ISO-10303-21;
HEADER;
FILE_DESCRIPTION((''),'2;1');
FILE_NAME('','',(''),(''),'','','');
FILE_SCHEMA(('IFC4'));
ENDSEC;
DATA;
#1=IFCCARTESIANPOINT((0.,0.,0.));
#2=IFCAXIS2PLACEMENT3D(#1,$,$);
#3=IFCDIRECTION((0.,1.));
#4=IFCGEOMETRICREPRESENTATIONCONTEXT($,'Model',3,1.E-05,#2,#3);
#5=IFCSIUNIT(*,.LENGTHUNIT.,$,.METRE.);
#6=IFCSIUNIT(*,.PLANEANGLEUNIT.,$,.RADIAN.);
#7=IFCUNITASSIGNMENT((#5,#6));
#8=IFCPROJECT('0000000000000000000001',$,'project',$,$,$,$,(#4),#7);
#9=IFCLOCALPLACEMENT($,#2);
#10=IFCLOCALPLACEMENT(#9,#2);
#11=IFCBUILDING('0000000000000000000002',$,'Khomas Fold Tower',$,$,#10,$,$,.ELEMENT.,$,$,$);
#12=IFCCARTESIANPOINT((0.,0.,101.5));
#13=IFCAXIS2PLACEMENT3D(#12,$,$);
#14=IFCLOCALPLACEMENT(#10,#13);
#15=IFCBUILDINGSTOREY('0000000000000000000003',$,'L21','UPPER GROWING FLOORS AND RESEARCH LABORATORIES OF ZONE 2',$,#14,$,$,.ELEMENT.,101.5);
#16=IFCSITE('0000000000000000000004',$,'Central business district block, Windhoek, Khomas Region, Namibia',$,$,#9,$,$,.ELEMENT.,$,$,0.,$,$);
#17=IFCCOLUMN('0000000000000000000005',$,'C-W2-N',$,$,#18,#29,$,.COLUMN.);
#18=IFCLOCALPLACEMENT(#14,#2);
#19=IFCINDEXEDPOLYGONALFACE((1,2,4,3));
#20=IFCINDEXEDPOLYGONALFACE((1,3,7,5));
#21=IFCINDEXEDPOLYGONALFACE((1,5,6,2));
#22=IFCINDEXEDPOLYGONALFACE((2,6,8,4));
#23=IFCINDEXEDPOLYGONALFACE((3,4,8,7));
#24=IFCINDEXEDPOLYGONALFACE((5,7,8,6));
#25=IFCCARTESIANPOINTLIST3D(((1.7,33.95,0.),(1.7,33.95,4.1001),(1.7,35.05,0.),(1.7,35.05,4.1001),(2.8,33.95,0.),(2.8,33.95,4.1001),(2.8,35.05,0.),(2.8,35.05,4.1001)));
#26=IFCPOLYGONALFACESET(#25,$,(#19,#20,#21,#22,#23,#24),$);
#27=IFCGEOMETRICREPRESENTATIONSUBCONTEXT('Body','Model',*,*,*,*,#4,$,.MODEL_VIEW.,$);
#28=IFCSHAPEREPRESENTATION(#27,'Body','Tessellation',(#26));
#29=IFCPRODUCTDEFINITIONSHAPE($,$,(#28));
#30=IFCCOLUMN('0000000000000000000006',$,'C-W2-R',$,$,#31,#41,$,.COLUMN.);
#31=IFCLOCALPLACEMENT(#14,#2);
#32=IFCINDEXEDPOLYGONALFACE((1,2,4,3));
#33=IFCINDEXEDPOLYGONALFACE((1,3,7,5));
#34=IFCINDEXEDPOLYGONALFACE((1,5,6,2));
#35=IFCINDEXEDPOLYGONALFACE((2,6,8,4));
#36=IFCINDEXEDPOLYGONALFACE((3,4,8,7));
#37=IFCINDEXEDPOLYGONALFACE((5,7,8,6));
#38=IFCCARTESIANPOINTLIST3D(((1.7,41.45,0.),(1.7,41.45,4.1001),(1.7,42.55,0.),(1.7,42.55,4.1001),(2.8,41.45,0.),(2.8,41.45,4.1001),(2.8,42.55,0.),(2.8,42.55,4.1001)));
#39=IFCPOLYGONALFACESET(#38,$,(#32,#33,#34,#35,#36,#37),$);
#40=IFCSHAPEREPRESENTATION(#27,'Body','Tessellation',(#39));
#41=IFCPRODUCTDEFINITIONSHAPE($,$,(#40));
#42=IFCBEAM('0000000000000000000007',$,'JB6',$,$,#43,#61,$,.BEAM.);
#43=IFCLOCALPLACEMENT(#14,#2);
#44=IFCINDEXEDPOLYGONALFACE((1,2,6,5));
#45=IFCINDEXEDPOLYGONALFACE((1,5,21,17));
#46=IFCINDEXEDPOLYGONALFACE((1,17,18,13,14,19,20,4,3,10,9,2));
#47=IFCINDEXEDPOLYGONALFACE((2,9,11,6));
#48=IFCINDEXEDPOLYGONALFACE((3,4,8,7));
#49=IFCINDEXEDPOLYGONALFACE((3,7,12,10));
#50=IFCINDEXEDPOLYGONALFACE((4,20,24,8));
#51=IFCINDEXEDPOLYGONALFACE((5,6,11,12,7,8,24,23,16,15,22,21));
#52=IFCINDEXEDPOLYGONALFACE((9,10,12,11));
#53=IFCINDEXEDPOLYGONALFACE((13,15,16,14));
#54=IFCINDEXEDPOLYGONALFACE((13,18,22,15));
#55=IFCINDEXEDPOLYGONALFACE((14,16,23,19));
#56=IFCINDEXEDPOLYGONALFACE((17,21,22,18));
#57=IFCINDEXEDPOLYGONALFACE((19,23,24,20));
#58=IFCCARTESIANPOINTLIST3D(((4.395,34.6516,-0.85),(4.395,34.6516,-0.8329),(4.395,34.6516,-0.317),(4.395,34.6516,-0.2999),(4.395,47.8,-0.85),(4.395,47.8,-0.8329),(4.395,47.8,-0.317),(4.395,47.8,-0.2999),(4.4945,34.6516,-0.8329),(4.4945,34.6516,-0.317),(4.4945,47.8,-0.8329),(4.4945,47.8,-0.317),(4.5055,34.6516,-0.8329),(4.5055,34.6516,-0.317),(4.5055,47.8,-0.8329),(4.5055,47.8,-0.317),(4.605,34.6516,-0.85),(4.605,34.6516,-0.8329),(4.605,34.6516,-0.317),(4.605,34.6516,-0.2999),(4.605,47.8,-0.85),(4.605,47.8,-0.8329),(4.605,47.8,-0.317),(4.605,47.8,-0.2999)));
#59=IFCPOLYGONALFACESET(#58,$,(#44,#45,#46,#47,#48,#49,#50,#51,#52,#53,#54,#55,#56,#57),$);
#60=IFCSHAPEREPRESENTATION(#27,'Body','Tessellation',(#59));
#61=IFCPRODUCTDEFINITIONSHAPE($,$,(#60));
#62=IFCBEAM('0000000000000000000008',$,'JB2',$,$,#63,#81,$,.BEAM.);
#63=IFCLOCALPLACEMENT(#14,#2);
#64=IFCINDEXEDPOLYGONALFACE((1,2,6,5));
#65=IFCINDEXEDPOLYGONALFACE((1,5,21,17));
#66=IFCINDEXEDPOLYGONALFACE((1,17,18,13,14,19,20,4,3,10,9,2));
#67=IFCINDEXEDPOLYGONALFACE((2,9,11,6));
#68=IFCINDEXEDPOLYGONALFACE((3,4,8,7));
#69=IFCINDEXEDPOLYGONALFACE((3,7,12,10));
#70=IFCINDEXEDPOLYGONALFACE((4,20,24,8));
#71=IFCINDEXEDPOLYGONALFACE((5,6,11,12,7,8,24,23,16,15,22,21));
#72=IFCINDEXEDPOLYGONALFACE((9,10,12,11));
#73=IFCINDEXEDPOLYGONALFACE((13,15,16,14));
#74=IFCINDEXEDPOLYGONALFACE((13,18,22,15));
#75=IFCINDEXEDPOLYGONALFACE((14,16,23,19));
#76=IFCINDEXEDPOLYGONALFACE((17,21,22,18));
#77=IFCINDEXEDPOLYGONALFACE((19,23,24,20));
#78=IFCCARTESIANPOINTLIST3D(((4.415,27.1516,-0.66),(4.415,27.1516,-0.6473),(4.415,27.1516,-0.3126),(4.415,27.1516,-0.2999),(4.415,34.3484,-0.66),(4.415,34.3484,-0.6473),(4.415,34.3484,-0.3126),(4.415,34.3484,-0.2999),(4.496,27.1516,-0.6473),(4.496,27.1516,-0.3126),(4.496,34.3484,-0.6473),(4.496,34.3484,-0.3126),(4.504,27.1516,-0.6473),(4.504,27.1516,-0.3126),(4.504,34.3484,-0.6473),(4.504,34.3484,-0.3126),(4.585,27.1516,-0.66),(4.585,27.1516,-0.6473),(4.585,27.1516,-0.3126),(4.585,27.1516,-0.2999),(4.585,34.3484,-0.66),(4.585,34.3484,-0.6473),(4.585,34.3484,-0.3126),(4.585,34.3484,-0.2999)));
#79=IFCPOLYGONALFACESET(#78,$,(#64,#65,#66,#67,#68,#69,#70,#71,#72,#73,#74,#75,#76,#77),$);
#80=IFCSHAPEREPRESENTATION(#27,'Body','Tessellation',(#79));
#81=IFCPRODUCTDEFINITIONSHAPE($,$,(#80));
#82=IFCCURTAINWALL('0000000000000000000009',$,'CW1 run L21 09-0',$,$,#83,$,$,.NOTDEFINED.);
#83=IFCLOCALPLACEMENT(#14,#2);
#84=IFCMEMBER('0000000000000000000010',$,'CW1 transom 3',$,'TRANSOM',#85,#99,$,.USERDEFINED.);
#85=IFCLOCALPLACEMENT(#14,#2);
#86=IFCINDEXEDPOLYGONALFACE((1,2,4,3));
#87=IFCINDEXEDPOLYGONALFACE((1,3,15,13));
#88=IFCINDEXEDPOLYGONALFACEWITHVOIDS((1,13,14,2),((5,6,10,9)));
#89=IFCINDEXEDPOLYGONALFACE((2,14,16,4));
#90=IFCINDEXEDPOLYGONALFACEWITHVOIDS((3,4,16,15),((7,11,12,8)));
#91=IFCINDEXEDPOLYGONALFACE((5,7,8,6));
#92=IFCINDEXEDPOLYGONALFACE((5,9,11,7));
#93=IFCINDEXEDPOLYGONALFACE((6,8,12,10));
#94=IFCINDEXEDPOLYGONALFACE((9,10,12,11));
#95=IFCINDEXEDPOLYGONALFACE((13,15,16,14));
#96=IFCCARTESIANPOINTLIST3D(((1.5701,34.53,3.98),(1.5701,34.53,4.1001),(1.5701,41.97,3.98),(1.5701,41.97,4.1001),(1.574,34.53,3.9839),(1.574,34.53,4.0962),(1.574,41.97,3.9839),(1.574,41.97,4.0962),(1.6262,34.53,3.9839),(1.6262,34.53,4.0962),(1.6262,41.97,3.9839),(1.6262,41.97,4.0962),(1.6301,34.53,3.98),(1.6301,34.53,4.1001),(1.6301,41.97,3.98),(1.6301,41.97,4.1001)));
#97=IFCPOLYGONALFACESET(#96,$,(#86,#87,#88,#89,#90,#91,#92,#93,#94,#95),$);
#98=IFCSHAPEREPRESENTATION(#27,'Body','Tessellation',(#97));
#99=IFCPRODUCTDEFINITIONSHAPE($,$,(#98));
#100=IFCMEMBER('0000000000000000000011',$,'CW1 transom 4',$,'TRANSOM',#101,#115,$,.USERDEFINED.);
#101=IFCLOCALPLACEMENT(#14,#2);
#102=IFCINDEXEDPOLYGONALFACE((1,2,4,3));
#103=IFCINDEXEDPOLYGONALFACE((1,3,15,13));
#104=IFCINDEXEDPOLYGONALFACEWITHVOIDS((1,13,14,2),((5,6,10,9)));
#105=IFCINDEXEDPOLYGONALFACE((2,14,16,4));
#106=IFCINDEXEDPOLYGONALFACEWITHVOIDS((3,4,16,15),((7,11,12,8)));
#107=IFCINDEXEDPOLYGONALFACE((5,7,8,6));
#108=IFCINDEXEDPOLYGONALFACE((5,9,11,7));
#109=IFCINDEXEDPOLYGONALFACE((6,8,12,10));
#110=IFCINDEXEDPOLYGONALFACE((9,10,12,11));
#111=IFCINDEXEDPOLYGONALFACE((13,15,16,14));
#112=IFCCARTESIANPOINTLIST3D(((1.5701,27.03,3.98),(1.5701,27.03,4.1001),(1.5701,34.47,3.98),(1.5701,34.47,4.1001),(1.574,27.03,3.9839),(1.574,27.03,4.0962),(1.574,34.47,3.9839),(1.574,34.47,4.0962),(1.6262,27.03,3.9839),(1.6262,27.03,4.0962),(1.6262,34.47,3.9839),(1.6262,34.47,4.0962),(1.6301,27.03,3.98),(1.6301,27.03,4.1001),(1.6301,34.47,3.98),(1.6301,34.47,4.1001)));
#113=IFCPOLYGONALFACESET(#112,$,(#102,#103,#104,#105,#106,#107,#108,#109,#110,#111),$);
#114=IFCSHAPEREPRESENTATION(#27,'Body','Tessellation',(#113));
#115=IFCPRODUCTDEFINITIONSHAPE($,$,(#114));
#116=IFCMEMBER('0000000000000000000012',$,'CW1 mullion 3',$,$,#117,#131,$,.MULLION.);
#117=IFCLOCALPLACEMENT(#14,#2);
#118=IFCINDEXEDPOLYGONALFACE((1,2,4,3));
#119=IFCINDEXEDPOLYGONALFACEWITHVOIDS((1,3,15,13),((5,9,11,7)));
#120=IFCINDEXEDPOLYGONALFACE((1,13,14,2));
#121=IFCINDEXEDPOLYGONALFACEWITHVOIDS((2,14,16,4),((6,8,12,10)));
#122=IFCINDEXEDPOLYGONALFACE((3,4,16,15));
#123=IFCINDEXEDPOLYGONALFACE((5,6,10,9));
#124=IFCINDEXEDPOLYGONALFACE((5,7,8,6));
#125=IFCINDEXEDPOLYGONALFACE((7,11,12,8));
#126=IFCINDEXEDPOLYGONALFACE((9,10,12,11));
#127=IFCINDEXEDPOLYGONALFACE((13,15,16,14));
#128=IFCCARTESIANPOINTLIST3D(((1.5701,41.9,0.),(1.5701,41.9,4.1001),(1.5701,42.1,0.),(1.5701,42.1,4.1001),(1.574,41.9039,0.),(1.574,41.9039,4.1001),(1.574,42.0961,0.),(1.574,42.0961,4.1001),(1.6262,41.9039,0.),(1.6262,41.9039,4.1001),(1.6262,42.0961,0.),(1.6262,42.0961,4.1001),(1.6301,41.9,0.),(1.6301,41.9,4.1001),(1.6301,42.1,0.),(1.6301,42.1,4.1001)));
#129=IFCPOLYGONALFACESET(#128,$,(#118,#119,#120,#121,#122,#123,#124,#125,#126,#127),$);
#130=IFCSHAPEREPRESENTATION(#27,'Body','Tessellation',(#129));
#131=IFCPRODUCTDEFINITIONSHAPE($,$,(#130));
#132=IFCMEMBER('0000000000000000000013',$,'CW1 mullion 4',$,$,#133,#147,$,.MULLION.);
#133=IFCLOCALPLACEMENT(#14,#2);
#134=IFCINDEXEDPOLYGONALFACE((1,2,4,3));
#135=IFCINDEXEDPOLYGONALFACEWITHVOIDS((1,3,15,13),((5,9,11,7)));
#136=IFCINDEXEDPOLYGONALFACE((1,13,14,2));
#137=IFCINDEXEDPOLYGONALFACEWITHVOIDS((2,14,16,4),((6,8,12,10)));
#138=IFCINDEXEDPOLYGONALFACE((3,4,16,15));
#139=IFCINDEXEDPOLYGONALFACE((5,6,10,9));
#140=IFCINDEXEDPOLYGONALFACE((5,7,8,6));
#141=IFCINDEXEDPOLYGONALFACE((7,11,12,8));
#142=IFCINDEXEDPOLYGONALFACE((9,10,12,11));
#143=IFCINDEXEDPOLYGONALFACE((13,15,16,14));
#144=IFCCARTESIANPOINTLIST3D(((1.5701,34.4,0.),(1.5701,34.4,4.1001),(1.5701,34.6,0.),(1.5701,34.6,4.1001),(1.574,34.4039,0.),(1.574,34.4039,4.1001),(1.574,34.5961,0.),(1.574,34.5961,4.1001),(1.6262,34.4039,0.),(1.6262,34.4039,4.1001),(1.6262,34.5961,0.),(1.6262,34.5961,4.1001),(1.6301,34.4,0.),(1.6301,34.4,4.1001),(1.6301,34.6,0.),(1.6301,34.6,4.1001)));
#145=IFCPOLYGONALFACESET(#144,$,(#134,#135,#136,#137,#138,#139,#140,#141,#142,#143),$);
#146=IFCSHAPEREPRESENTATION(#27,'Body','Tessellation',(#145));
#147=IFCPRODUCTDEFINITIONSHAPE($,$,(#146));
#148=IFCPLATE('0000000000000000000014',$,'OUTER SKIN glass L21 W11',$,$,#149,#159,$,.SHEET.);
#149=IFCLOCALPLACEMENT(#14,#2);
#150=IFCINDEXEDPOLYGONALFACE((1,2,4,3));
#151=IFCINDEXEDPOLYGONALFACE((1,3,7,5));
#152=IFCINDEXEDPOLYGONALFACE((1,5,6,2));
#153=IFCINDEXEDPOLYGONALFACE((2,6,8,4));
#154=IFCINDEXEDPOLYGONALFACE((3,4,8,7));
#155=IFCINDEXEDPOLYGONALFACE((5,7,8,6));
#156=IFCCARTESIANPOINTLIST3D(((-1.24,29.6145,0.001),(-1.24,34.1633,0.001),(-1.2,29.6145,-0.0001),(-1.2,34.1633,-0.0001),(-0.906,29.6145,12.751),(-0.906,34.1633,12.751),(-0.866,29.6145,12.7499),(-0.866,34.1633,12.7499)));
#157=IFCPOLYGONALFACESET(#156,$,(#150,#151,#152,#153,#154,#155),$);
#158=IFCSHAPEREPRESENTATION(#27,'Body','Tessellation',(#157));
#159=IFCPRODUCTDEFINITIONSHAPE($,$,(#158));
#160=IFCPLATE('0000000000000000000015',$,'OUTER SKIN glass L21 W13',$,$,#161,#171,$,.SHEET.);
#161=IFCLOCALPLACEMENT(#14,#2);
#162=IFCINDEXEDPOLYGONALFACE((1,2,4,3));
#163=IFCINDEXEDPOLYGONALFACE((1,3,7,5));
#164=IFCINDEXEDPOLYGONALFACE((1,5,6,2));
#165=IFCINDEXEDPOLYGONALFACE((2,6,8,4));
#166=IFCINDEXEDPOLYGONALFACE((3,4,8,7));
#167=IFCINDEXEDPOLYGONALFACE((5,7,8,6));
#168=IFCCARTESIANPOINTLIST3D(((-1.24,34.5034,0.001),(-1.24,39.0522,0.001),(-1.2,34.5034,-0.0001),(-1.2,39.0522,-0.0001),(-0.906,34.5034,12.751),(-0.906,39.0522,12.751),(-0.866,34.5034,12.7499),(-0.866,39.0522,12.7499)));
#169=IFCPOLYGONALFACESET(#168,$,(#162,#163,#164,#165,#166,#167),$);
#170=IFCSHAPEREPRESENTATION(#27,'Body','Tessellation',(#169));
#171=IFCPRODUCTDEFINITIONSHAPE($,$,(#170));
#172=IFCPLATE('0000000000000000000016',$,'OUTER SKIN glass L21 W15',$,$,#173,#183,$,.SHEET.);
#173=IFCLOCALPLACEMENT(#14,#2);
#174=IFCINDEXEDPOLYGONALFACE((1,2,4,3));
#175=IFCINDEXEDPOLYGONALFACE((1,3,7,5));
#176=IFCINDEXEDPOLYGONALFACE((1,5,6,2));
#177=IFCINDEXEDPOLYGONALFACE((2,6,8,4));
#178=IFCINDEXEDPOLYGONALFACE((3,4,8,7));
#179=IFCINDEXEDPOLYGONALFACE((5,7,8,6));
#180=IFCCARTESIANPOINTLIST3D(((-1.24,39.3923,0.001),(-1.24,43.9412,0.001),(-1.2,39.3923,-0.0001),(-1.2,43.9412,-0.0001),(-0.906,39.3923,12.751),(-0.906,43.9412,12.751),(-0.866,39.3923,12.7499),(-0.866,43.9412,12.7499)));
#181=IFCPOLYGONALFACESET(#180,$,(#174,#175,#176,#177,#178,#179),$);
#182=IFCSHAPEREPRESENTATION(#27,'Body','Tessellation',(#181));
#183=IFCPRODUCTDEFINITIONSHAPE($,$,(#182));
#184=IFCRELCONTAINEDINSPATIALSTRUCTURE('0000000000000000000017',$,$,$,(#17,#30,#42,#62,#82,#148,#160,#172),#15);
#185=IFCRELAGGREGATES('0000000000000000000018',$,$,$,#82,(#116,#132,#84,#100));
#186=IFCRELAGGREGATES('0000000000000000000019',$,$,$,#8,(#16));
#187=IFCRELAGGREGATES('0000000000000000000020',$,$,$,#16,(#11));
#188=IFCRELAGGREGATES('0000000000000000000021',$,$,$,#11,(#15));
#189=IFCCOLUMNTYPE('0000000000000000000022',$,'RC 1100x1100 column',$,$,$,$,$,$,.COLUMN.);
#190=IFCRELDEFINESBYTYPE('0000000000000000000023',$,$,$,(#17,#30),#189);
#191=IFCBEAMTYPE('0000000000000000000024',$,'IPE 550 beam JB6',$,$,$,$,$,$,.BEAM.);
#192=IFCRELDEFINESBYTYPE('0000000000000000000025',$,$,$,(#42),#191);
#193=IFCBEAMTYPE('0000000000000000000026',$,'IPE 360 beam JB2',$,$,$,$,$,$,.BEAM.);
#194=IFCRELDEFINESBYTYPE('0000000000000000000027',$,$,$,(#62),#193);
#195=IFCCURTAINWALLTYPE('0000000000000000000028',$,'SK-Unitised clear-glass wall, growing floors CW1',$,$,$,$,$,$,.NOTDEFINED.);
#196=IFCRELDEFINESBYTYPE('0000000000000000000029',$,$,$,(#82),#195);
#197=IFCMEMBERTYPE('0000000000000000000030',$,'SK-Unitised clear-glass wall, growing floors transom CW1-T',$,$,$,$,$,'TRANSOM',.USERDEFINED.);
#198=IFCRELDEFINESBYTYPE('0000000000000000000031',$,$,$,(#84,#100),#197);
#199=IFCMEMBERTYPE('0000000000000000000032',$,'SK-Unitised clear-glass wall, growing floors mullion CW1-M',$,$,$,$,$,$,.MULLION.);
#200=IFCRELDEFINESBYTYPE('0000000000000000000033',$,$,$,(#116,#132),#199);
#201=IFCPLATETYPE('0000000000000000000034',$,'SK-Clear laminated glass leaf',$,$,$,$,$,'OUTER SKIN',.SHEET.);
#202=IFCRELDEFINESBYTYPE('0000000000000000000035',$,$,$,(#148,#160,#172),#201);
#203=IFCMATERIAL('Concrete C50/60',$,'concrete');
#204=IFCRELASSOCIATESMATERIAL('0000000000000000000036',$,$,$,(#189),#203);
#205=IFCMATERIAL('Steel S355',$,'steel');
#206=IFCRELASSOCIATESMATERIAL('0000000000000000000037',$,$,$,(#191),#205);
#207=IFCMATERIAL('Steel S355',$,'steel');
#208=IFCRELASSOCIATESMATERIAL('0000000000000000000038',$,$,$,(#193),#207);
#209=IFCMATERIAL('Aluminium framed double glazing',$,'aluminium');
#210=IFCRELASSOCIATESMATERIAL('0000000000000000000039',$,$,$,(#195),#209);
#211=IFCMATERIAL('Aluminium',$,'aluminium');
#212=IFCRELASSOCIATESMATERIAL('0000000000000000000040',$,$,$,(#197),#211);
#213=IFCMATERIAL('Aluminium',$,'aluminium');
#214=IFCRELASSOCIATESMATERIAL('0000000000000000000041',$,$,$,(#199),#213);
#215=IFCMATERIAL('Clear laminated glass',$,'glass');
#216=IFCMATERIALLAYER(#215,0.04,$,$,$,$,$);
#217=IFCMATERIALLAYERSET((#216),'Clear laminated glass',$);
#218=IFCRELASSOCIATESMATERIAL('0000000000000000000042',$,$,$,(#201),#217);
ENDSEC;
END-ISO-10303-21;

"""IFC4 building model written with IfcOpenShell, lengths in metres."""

from ifc_helpers import new_model, si_unit, direction, frame, origin, origin_2d, place, context, subcontext, project, spatial, polyline, rectangle, hollow_rectangle, i_section, outline, extrude, source, transform, mapped, material, layer, layer_set, material_profile, profile_set, type_object, element, aggregate, save


model = new_model("IFC4")

# Units and contexts
model_context = context("Model", 3, precision=1e-05, world=origin(), true_north=direction((0.0, 1.0)))
body_context = subcontext(model_context, "Body", "Model", "MODEL_VIEW")
ifc_project = project(units=[si_unit("LENGTHUNIT", "METRE"), si_unit("PLANEANGLEUNIT", "RADIAN")], contexts=[model_context])

# Site, building, storey
site_placement = place(None, origin())
site = spatial("IfcSite", under=ifc_project, at=site_placement, Name="Central business district block, Windhoek, Khomas Region, Namibia", CompositionType="ELEMENT", RefElevation=0.0)
building_placement = place(site_placement, origin())
building = spatial("IfcBuilding", under=site, at=building_placement, Name="Khomas Fold Tower", CompositionType="ELEMENT")
storey_placement = place(building_placement, frame((0.0, 0.0, 101.5)))
storey = spatial("IfcBuildingStorey", under=building, at=storey_placement, Name="L21", Description="UPPER GROWING FLOORS AND RESEARCH LABORATORIES OF ZONE 2", CompositionType="ELEMENT", Elevation=101.5)

# Columns
ifc_material_1 = material(Name="Concrete C50/60", Category="concrete")
ifc_material_profile_1 = material_profile(ifc_material_1, rectangle(XDim=1.1001, YDim=1.1001, at=origin_2d()), Name="RC 1100x1100")
ifc_profile_set_1 = profile_set([ifc_material_profile_1], Name="Concrete C50/60")
column_type = type_object("IfcColumnType", Name="RC 1100x1100 column", PredefinedType="COLUMN", material=ifc_profile_set_1)
shared_shape_1 = source(origin(), body_context, "Body", "SweptSolid", [
    extrude(rectangle(XDim=1.1001, YDim=1.1001, at=origin_2d()), origin(), (0.0, 0.0, 1.0), 4.1001),
])
for number, where, z_axis, x_axis, name in (
    (1, (2.25, 34.5, 0.0), (0.0, 0.0, 1.0), (1.0, 0.0, 0.0), "C-W2-N"),
    (2, (2.25, 42.0, 0.0), (0.0, 0.0, 1.0), (1.0, 0.0, 0.0), "C-W2-R"),
):
    element("IfcColumn", number, at=place(storey_placement, frame(where, z_axis=z_axis, x_axis=x_axis)), inside=storey, type_object=column_type, Name=name, PredefinedType="COLUMN", context=body_context, shape_type="MappedRepresentation", body=[
        mapped(shared_shape_1, transform((0.0, 0.0, 0.0))),
    ])

# Beams
ifc_material_2 = material(Name="Steel S355", Category="steel")
ifc_material_profile_2 = material_profile(ifc_material_2, i_section(OverallWidth=0.21, OverallDepth=0.55, WebThickness=0.011, FlangeThickness=0.0171, at=origin_2d()), Name="IPE 550")
ifc_profile_set_2 = profile_set([ifc_material_profile_2], Name="Steel S355")
beam_type_1 = type_object("IfcBeamType", Name="IPE 550 beam JB6", PredefinedType="BEAM", material=ifc_profile_set_2)
shared_shape_2 = source(origin(), body_context, "Body", "SweptSolid", [
    extrude(i_section(OverallWidth=0.21, OverallDepth=0.55, WebThickness=0.011, FlangeThickness=0.0171, at=origin_2d()), origin(), (0.0, 0.0, 1.0), 13.1484),
])
beam_1_placement = place(storey_placement, frame((4.5, 34.6516, -0.575), z_axis=(0.0, 1.0, 0.0), x_axis=(-1.0, 0.0, 0.0)))
element("IfcBeam", 3, at=beam_1_placement, inside=storey, type_object=beam_type_1, Name="JB6", PredefinedType="BEAM", context=body_context, shape_type="MappedRepresentation", body=[
    mapped(shared_shape_2, transform((0.0, 0.0, 0.0))),
])
ifc_material_3 = material(Name="Steel S355", Category="steel")
ifc_material_profile_3 = material_profile(ifc_material_3, i_section(OverallWidth=0.1699, OverallDepth=0.3601, WebThickness=0.0081, FlangeThickness=0.0127, at=origin_2d()), Name="IPE 360")
ifc_profile_set_3 = profile_set([ifc_material_profile_3], Name="Steel S355")
beam_type_2 = type_object("IfcBeamType", Name="IPE 360 beam JB2", PredefinedType="BEAM", material=ifc_profile_set_3)
shared_shape_3 = source(origin(), body_context, "Body", "SweptSolid", [
    extrude(i_section(OverallWidth=0.1699, OverallDepth=0.3601, WebThickness=0.0081, FlangeThickness=0.0127, at=origin_2d()), origin(), (0.0, 0.0, 1.0), 7.1968),
])
beam_2_placement = place(storey_placement, frame((4.5, 27.1516, -0.48), z_axis=(0.0, 1.0, 0.0), x_axis=(-1.0, 0.0, 0.0)))
element("IfcBeam", 4, at=beam_2_placement, inside=storey, type_object=beam_type_2, Name="JB2", PredefinedType="BEAM", context=body_context, shape_type="MappedRepresentation", body=[
    mapped(shared_shape_3, transform((0.0, 0.0, 0.0))),
])

# Curtain wall, members
ifc_material_4 = material(Name="Aluminium framed double glazing", Category="aluminium")
curtain_wall_type = type_object("IfcCurtainWallType", Name="SK-Unitised clear-glass wall, growing floors CW1", PredefinedType="NOTDEFINED", material=ifc_material_4)
curtain_wall_placement = place(storey_placement, origin())
curtain_wall = element("IfcCurtainWall", 5, at=curtain_wall_placement, inside=storey, type_object=curtain_wall_type, Name="CW1 run L21 09-0", PredefinedType="NOTDEFINED")
ifc_material_5 = material(Name="Aluminium", Category="aluminium")
ifc_material_profile_4 = material_profile(ifc_material_5, hollow_rectangle(XDim=0.0601, YDim=0.1201, WallThickness=0.0039, at=origin_2d()), Name="SK-Unitised clear-glass wall, growing floors transom CW1-T")
ifc_profile_set_4 = profile_set([ifc_material_profile_4], Name="Aluminium")
member_type_1 = type_object("IfcMemberType", Name="SK-Unitised clear-glass wall, growing floors transom CW1-T", ElementType="TRANSOM", PredefinedType="USERDEFINED", material=ifc_profile_set_4)
shared_shape_4 = source(origin(), body_context, "Body", "SweptSolid", [
    extrude(hollow_rectangle(XDim=0.0601, YDim=0.1201, WallThickness=0.0039, at=origin_2d()), origin(), (0.0, 0.0, 1.0), 7.4399),
])
member_1_placement = place(storey_placement, frame((1.6001, 41.97, 4.04), z_axis=(0.0, -1.0, 0.0), x_axis=(1.0, 0.0, 0.0)))
member_1 = element("IfcMember", 6, at=member_1_placement, type_object=member_type_1, Name="CW1 transom 3", ObjectType="TRANSOM", PredefinedType="USERDEFINED", context=body_context, shape_type="MappedRepresentation", body=[
    mapped(shared_shape_4, transform((0.0, 0.0, 0.0))),
])
member_2_placement = place(storey_placement, frame((1.6001, 34.47, 4.04), z_axis=(0.0, -1.0, 0.0), x_axis=(1.0, 0.0, 0.0)))
member_2 = element("IfcMember", 7, at=member_2_placement, type_object=member_type_1, Name="CW1 transom 4", ObjectType="TRANSOM", PredefinedType="USERDEFINED", context=body_context, shape_type="MappedRepresentation", body=[
    mapped(shared_shape_4, transform((0.0, 0.0, 0.0))),
])
ifc_material_6 = material(Name="Aluminium", Category="aluminium")
ifc_material_profile_5 = material_profile(ifc_material_6, hollow_rectangle(XDim=0.0601, YDim=0.2, WallThickness=0.0039, at=origin_2d()), Name="SK-Unitised clear-glass wall, growing floors mullion CW1-M")
ifc_profile_set_5 = profile_set([ifc_material_profile_5], Name="Aluminium")
member_type_2 = type_object("IfcMemberType", Name="SK-Unitised clear-glass wall, growing floors mullion CW1-M", PredefinedType="MULLION", material=ifc_profile_set_5)
shared_shape_5 = source(origin(), body_context, "Body", "SweptSolid", [
    extrude(hollow_rectangle(XDim=0.0601, YDim=0.2, WallThickness=0.0039, at=origin_2d()), origin(), (0.0, 0.0, 1.0), 4.1001),
])
member_3_placement = place(storey_placement, frame((1.6001, 42.0, 0.0), z_axis=(0.0, 0.0, 1.0), x_axis=(1.0, 0.0, 0.0)))
member_3 = element("IfcMember", 8, at=member_3_placement, type_object=member_type_2, Name="CW1 mullion 3", PredefinedType="MULLION", context=body_context, shape_type="MappedRepresentation", body=[
    mapped(shared_shape_5, transform((0.0, 0.0, 0.0))),
])
member_4_placement = place(storey_placement, frame((1.6001, 34.5, 0.0), z_axis=(0.0, 0.0, 1.0), x_axis=(1.0, 0.0, 0.0)))
member_4 = element("IfcMember", 9, at=member_4_placement, type_object=member_type_2, Name="CW1 mullion 4", PredefinedType="MULLION", context=body_context, shape_type="MappedRepresentation", body=[
    mapped(shared_shape_5, transform((0.0, 0.0, 0.0))),
])

# Plates
ifc_material_7 = material(Name="Clear laminated glass", Category="glass")
ifc_layer_1 = layer(ifc_material_7, 0.04)
ifc_layer_set_1 = layer_set([ifc_layer_1], Name="Clear laminated glass")
plate_type_1 = type_object("IfcPlateType", Name="SK-Clear laminated glass leaf", ElementType="OUTER SKIN", PredefinedType="SHEET", material=ifc_layer_set_1)
for number, where, z_axis, x_axis, name in (
    (10, (-1.24, 29.6145, 0.001), (-0.999657, 0.0, 0.026186), (0.0, 1.0, 0.0), "OUTER SKIN glass L21 W11"),
    (11, (-1.24, 34.5034, 0.001), (-0.999657, 0.0, 0.026186), (0.0, 1.0, 0.0), "OUTER SKIN glass L21 W13"),
    (12, (-1.24, 39.3923, 0.001), (-0.999657, 0.0, 0.026186), (0.0, 1.0, 0.0), "OUTER SKIN glass L21 W15"),
):
    element("IfcPlate", number, at=place(storey_placement, frame(where, z_axis=z_axis, x_axis=x_axis)), inside=storey, type_object=plate_type_1, Name=name, PredefinedType="SHEET", context=body_context, shape_type="SweptSolid", body=[
        extrude(outline(polyline([(0.0, 0.0), (4.5488, 0.0), (4.5488, -12.7544), (0.0, -12.7544), (0.0, 0.0)])), origin(), (0.0, 0.0, -1.0), 0.04),
    ])

aggregate(curtain_wall, [member_3, member_4, member_1, member_2])

save(model, "model.ifc")
